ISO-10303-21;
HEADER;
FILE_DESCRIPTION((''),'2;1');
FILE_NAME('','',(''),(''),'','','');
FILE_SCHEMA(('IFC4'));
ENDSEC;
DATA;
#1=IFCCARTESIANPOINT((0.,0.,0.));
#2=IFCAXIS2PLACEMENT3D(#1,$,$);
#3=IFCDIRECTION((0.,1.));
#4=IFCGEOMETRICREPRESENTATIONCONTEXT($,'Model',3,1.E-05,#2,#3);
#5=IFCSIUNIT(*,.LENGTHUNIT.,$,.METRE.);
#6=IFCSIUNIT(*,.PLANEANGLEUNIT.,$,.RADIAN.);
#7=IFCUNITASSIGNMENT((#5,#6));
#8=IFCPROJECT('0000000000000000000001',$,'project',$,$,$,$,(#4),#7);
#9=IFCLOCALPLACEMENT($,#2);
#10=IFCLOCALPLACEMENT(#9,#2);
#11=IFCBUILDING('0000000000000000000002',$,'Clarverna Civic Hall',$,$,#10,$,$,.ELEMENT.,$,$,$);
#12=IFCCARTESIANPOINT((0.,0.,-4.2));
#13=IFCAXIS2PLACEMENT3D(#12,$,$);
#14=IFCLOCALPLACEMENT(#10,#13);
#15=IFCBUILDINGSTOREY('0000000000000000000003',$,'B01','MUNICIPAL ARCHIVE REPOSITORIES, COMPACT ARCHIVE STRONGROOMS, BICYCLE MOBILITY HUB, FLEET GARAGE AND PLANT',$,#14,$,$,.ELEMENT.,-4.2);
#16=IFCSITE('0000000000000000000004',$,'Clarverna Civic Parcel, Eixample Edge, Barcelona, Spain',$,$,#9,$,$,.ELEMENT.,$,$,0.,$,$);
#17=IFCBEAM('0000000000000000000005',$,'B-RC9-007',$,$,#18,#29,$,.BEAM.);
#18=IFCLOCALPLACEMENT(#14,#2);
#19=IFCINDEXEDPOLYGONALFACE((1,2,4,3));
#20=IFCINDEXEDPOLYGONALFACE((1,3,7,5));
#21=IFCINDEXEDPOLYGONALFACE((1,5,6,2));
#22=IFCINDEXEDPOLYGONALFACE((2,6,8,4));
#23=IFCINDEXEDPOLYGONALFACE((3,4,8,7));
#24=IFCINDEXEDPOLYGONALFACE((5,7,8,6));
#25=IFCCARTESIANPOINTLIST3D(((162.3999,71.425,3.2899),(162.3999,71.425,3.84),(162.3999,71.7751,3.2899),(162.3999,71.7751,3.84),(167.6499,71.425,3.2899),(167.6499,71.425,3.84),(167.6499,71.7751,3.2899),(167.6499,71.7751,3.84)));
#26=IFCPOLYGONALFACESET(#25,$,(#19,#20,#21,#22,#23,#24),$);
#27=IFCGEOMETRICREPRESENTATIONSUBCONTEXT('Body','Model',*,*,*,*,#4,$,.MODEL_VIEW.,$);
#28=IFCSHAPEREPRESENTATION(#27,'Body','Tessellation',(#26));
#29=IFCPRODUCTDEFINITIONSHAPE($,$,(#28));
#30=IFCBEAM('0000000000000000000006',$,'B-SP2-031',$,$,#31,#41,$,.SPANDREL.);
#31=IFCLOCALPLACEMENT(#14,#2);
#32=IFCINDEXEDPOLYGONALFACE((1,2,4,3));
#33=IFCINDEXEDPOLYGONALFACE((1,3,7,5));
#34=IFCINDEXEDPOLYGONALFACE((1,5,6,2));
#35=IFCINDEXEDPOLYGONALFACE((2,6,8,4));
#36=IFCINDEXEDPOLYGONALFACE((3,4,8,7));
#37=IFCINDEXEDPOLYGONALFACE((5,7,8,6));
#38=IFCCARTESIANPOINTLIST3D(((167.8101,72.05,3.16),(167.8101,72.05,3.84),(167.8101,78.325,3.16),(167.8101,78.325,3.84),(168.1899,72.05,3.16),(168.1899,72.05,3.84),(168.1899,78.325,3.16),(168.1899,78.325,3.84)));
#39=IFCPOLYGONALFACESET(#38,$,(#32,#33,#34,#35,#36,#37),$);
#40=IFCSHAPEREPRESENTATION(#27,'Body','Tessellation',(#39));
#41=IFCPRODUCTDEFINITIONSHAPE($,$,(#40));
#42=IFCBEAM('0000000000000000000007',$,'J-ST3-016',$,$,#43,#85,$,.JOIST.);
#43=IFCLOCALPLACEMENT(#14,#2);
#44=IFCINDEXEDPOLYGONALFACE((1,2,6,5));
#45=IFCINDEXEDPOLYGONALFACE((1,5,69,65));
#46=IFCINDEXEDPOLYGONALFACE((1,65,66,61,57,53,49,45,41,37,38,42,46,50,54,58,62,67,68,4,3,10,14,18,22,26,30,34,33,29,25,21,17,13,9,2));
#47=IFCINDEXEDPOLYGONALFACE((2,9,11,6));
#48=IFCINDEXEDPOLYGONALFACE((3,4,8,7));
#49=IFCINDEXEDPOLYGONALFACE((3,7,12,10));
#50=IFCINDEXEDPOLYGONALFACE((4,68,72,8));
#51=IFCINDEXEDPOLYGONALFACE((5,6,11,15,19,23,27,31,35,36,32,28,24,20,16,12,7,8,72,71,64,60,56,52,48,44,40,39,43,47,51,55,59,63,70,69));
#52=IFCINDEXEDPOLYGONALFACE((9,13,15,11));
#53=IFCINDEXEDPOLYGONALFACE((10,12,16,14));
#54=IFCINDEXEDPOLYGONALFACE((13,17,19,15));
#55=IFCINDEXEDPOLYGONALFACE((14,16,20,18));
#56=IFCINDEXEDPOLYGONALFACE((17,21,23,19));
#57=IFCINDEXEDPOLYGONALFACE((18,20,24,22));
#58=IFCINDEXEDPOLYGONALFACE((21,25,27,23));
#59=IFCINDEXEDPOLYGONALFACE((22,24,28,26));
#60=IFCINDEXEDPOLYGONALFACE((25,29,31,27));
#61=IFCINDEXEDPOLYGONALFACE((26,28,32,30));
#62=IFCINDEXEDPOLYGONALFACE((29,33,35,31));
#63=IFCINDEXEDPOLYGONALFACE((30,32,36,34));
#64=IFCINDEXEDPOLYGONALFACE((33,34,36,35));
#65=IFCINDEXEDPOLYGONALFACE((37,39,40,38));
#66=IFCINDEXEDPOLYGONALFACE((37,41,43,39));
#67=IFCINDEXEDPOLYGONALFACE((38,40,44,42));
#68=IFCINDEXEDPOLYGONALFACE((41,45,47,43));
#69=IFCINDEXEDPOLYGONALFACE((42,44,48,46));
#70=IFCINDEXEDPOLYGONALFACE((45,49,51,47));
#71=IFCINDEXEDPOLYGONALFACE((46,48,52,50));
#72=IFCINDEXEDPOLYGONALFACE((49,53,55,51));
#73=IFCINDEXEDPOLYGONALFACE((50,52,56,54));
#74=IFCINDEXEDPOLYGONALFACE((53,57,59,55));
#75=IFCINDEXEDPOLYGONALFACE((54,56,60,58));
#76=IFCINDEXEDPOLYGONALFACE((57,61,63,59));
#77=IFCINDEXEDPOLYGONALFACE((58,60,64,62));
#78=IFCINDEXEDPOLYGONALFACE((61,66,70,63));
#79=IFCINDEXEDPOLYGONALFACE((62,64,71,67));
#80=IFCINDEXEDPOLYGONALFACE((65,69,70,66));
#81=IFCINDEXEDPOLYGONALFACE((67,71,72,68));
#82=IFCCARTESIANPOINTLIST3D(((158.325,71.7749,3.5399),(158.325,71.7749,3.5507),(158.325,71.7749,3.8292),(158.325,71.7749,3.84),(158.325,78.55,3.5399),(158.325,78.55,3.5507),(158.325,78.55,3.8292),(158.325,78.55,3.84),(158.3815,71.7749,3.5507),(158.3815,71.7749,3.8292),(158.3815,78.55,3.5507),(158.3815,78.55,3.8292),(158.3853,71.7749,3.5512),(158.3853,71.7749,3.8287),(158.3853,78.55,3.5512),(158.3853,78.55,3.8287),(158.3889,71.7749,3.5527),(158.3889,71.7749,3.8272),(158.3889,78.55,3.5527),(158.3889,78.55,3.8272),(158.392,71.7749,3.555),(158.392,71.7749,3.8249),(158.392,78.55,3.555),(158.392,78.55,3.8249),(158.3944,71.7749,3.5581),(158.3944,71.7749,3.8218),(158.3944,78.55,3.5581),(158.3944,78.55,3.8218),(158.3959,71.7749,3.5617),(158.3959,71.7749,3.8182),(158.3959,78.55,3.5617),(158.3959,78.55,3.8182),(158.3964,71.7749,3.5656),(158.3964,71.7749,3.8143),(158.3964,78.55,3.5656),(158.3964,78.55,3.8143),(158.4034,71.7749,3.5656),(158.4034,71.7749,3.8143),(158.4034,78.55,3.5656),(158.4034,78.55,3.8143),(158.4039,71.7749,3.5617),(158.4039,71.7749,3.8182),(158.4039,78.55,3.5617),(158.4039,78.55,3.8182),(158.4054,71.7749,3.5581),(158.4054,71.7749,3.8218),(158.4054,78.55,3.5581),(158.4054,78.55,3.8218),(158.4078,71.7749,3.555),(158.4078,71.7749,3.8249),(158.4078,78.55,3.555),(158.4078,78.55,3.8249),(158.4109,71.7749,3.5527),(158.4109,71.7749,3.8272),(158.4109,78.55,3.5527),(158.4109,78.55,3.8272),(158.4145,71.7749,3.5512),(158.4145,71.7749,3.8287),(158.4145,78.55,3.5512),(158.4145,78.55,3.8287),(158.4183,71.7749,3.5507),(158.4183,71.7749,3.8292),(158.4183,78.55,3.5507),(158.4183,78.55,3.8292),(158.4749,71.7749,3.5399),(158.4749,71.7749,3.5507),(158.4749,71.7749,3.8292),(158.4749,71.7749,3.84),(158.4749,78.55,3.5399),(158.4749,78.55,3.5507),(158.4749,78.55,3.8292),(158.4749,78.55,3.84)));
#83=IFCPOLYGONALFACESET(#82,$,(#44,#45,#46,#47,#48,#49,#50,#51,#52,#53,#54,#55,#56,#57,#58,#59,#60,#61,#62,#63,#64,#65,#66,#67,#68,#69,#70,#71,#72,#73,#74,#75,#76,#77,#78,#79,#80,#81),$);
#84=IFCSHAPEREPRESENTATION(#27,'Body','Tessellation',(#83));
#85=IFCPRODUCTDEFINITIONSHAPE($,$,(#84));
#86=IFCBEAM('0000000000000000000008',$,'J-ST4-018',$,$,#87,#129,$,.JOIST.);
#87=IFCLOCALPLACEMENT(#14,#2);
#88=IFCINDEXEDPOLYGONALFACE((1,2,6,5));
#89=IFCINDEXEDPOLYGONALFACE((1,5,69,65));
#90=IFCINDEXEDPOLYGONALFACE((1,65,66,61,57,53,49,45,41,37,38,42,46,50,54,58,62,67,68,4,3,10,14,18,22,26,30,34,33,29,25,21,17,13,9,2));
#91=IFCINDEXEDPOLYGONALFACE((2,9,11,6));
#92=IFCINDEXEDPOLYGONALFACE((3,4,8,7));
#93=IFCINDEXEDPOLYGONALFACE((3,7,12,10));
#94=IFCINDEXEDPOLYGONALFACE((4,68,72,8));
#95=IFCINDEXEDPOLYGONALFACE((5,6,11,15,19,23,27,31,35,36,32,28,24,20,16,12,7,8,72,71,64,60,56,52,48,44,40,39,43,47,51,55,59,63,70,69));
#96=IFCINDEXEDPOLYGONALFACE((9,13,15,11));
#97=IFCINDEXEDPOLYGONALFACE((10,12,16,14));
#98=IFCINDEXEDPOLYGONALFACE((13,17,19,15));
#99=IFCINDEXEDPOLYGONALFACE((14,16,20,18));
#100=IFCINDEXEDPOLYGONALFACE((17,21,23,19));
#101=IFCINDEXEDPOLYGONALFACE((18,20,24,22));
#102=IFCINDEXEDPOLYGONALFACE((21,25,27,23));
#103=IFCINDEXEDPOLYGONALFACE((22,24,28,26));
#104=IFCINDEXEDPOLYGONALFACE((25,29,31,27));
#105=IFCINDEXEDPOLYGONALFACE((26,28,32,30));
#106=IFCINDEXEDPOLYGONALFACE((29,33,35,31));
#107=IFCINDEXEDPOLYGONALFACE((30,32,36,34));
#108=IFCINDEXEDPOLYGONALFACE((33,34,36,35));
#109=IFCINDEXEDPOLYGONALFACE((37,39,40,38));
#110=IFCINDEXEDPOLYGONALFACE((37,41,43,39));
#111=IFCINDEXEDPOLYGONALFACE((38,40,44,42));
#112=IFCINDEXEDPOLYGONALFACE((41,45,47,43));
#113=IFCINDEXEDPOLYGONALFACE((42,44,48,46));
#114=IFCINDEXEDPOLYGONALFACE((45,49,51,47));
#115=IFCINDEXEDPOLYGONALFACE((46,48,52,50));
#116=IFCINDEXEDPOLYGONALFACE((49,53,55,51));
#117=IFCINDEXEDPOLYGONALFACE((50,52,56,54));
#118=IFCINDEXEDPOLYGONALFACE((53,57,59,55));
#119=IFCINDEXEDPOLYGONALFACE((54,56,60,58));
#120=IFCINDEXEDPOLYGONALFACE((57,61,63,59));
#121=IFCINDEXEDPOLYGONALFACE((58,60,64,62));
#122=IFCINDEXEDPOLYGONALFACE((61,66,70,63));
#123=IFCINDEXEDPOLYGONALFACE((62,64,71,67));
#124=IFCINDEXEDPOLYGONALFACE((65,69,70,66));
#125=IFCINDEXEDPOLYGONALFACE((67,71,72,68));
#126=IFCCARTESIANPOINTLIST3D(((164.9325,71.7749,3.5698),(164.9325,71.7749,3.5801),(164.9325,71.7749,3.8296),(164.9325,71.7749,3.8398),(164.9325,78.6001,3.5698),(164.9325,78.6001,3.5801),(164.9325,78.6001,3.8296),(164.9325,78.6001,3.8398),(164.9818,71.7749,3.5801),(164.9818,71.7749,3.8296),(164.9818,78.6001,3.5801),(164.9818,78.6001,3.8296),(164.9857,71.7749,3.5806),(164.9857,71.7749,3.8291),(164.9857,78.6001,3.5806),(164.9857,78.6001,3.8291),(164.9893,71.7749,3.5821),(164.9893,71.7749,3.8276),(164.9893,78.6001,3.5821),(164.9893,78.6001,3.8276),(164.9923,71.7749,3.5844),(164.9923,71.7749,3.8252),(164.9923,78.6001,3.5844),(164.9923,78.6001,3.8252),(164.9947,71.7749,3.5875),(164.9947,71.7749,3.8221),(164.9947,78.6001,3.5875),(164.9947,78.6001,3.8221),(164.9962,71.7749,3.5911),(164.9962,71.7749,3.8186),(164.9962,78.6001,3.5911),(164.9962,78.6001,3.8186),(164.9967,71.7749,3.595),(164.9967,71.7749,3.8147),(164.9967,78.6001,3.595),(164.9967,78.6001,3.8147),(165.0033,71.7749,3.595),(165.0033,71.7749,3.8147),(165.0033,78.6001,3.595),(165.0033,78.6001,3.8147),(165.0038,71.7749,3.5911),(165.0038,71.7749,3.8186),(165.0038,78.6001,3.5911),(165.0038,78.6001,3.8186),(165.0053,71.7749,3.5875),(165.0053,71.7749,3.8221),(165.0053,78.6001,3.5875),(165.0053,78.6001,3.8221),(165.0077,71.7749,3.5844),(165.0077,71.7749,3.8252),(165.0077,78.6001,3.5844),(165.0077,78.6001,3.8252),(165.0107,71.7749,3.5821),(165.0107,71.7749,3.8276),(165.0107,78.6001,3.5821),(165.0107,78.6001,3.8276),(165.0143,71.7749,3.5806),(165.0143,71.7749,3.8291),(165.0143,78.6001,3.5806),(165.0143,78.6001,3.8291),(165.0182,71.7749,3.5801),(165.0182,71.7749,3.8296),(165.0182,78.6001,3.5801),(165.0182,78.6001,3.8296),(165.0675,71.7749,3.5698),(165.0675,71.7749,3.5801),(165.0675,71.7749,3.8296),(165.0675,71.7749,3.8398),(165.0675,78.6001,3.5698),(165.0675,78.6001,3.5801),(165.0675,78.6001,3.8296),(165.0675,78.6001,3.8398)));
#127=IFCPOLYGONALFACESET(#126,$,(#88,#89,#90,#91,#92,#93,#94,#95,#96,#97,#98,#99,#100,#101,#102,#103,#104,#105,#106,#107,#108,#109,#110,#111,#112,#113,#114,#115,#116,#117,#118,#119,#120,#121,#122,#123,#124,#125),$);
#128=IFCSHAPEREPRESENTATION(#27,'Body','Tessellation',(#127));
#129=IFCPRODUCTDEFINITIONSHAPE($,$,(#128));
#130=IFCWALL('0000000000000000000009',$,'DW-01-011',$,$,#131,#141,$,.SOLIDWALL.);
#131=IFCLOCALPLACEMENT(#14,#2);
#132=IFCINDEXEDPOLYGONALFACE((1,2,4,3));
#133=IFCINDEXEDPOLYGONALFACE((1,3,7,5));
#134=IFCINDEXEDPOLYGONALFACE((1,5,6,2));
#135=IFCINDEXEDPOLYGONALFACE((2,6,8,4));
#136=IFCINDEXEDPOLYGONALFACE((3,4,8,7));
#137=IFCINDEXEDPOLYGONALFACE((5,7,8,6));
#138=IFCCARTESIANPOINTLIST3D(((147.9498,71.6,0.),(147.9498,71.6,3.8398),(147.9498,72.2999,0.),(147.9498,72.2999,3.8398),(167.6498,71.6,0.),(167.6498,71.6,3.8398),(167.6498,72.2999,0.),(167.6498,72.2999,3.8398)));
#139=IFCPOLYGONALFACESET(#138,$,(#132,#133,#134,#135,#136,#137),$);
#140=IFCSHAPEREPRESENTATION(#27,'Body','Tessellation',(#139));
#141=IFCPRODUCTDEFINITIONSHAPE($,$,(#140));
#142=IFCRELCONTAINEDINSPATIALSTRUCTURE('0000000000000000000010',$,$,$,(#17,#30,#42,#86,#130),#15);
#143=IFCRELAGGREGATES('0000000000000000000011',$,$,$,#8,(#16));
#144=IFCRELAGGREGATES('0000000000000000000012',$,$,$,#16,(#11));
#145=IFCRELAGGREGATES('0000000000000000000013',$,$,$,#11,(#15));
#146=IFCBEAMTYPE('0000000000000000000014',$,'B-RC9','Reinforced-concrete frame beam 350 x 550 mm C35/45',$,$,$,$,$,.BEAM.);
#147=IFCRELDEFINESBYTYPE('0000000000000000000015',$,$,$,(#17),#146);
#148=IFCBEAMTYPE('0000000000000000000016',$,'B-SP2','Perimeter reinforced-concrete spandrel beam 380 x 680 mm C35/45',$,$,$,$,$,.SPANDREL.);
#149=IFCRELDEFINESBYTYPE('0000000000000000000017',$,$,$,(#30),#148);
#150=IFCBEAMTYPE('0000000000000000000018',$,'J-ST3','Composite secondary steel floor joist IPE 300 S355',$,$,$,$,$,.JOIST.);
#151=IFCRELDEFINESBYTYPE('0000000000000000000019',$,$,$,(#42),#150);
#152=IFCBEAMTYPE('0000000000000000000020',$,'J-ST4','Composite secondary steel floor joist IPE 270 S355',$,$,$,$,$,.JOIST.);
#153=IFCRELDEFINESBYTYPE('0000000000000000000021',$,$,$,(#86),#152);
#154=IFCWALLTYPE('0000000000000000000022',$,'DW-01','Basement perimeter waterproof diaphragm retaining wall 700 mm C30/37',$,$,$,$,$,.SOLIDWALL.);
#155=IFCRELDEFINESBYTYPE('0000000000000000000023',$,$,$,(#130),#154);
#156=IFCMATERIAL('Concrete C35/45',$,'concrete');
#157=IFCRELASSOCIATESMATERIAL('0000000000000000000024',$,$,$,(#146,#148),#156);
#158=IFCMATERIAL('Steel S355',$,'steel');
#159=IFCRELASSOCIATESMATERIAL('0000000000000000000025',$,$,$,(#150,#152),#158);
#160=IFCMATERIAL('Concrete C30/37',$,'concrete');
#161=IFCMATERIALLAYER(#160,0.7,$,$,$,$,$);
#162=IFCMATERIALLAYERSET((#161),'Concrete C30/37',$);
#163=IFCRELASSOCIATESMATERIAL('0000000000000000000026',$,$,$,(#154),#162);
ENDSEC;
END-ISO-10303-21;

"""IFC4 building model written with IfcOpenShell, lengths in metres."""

from ifc_helpers import new_model, si_unit, direction, frame, frame_2d, origin, origin_2d, place, context, subcontext, project, spatial, rectangle, i_section, extrude, material, layer, layer_set, material_profile, profile_set, type_object, element, save


model = new_model("IFC4")

# Units and contexts
model_context = context("Model", 3, precision=1e-05, world=origin(), true_north=direction((0.0, 1.0)))
body_context = subcontext(model_context, "Body", "Model", "MODEL_VIEW")
ifc_project = project(units=[si_unit("LENGTHUNIT", "METRE"), si_unit("PLANEANGLEUNIT", "RADIAN")], contexts=[model_context])

# Site, building, storey
site_placement = place(None, origin())
site = spatial("IfcSite", under=ifc_project, at=site_placement, Name="Clarverna Civic Parcel, Eixample Edge, Barcelona, Spain", CompositionType="ELEMENT", RefElevation=0.0)
building_placement = place(site_placement, origin())
building = spatial("IfcBuilding", under=site, at=building_placement, Name="Clarverna Civic Hall", CompositionType="ELEMENT")
storey_placement = place(building_placement, frame((0.0, 0.0, -4.2)))
storey = spatial("IfcBuildingStorey", under=building, at=storey_placement, Name="B01", Description="MUNICIPAL ARCHIVE REPOSITORIES, COMPACT ARCHIVE STRONGROOMS, BICYCLE MOBILITY HUB, FLEET GARAGE AND PLANT", CompositionType="ELEMENT", Elevation=-4.2)

# Shared definitions
ifc_material_1 = material(Name="Concrete C30/37", Category="concrete")

# Beams
ifc_material_2 = material(Name="Concrete C35/45", Category="concrete")
ifc_material_profile_1 = material_profile(ifc_material_2, rectangle(XDim=0.3501, YDim=0.55, at=origin_2d()), Name="RC 350x550")
ifc_profile_set_1 = profile_set([ifc_material_profile_1], Name="Concrete C35/45")
beam_type_1 = type_object("IfcBeamType", Name="B-RC9", Description="Reinforced-concrete frame beam 350 x 550 mm C35/45", PredefinedType="BEAM", material=ifc_profile_set_1)
beam_1_placement = place(storey_placement, frame((162.3999, 71.6001, 3.5649), z_axis=(1.0, 0.0, 0.0), x_axis=(0.0, 1.0, 0.0)))
element("IfcBeam", 1, at=beam_1_placement, inside=storey, type_object=beam_type_1, Name="B-RC9-007", PredefinedType="BEAM", context=body_context, shape_type="SweptSolid", body=[
    extrude(rectangle(XDim=0.3501, YDim=0.55, at=origin_2d()), origin(), (0.0, 0.0, 1.0), 5.25),
])
ifc_material_profile_2 = material_profile(ifc_material_2, rectangle(XDim=0.3799, YDim=0.6799, at=origin_2d()), Name="RC 380x680")
ifc_profile_set_2 = profile_set([ifc_material_profile_2], Name="Concrete C35/45")
beam_type_2 = type_object("IfcBeamType", Name="B-SP2", Description="Perimeter reinforced-concrete spandrel beam 380 x 680 mm C35/45", PredefinedType="SPANDREL", material=ifc_profile_set_2)
beam_2_placement = place(storey_placement, frame((168.0, 72.05, 3.5), z_axis=(0.0, 1.0, 0.0), x_axis=(-1.0, 0.0, 0.0)))
element("IfcBeam", 2, at=beam_2_placement, inside=storey, type_object=beam_type_2, Name="B-SP2-031", PredefinedType="SPANDREL", context=body_context, shape_type="SweptSolid", body=[
    extrude(rectangle(XDim=0.3799, YDim=0.6799, at=origin_2d()), origin(), (0.0, 0.0, 1.0), 6.2749),
])
ifc_material_3 = material(Name="Steel S355", Category="steel")
ifc_material_profile_3 = material_profile(ifc_material_3, i_section(OverallWidth=0.1499, OverallDepth=0.3, WebThickness=0.0071, FlangeThickness=0.0107, FilletRadius=0.0149, at=origin_2d()), Name="IPE 300")
ifc_profile_set_3 = profile_set([ifc_material_profile_3], Name="Steel S355")
beam_type_3 = type_object("IfcBeamType", Name="J-ST3", Description="Composite secondary steel floor joist IPE 300 S355", PredefinedType="JOIST", material=ifc_profile_set_3)
beam_3_placement = place(storey_placement, frame((158.3999, 71.7749, 3.6899), z_axis=(0.0, 1.0, 0.0), x_axis=(-1.0, 0.0, 0.0)))
element("IfcBeam", 3, at=beam_3_placement, inside=storey, type_object=beam_type_3, Name="J-ST3-016", PredefinedType="JOIST", context=body_context, shape_type="SweptSolid", body=[
    extrude(i_section(OverallWidth=0.1499, OverallDepth=0.3, WebThickness=0.0071, FlangeThickness=0.0107, FilletRadius=0.0149, at=origin_2d()), origin(), (0.0, 0.0, 1.0), 6.7751),
])
ifc_material_profile_4 = material_profile(ifc_material_3, i_section(OverallWidth=0.135, OverallDepth=0.27, WebThickness=0.0066, FlangeThickness=0.0103, FilletRadius=0.0149, at=origin_2d()), Name="IPE 270")
ifc_profile_set_4 = profile_set([ifc_material_profile_4], Name="Steel S355")
beam_type_4 = type_object("IfcBeamType", Name="J-ST4", Description="Composite secondary steel floor joist IPE 270 S355", PredefinedType="JOIST", material=ifc_profile_set_4)
beam_4_placement = place(storey_placement, frame((165.0, 71.7749, 3.7048), z_axis=(0.0, 1.0, 0.0), x_axis=(-1.0, 0.0, 0.0)))
element("IfcBeam", 4, at=beam_4_placement, inside=storey, type_object=beam_type_4, Name="J-ST4-018", PredefinedType="JOIST", context=body_context, shape_type="SweptSolid", body=[
    extrude(i_section(OverallWidth=0.135, OverallDepth=0.27, WebThickness=0.0066, FlangeThickness=0.0103, FilletRadius=0.0149, at=origin_2d()), origin(), (0.0, 0.0, 1.0), 6.8252),
])

# Wall
ifc_layer = layer(ifc_material_1, 0.7)
ifc_layer_set = layer_set([ifc_layer], Name="Concrete C30/37")
wall_type = type_object("IfcWallType", Name="DW-01", Description="Basement perimeter waterproof diaphragm retaining wall 700 mm C30/37", PredefinedType="SOLIDWALL", material=ifc_layer_set)
wall_placement = place(storey_placement, frame((167.6499, 71.95, 0.0), z_axis=(0.0, 0.0, 1.0), x_axis=(-1.0, 0.0, 0.0)))
element("IfcWall", 5, at=wall_placement, inside=storey, type_object=wall_type, Name="DW-01-011", PredefinedType="SOLIDWALL", context=body_context, shape_type="SweptSolid", body=[
    extrude(rectangle(XDim=19.7, YDim=0.7, at=frame_2d((9.8501, 0.0))), origin(), (0.0, 0.0, 1.0), 3.8398),
])

save(model, "model.ifc")
